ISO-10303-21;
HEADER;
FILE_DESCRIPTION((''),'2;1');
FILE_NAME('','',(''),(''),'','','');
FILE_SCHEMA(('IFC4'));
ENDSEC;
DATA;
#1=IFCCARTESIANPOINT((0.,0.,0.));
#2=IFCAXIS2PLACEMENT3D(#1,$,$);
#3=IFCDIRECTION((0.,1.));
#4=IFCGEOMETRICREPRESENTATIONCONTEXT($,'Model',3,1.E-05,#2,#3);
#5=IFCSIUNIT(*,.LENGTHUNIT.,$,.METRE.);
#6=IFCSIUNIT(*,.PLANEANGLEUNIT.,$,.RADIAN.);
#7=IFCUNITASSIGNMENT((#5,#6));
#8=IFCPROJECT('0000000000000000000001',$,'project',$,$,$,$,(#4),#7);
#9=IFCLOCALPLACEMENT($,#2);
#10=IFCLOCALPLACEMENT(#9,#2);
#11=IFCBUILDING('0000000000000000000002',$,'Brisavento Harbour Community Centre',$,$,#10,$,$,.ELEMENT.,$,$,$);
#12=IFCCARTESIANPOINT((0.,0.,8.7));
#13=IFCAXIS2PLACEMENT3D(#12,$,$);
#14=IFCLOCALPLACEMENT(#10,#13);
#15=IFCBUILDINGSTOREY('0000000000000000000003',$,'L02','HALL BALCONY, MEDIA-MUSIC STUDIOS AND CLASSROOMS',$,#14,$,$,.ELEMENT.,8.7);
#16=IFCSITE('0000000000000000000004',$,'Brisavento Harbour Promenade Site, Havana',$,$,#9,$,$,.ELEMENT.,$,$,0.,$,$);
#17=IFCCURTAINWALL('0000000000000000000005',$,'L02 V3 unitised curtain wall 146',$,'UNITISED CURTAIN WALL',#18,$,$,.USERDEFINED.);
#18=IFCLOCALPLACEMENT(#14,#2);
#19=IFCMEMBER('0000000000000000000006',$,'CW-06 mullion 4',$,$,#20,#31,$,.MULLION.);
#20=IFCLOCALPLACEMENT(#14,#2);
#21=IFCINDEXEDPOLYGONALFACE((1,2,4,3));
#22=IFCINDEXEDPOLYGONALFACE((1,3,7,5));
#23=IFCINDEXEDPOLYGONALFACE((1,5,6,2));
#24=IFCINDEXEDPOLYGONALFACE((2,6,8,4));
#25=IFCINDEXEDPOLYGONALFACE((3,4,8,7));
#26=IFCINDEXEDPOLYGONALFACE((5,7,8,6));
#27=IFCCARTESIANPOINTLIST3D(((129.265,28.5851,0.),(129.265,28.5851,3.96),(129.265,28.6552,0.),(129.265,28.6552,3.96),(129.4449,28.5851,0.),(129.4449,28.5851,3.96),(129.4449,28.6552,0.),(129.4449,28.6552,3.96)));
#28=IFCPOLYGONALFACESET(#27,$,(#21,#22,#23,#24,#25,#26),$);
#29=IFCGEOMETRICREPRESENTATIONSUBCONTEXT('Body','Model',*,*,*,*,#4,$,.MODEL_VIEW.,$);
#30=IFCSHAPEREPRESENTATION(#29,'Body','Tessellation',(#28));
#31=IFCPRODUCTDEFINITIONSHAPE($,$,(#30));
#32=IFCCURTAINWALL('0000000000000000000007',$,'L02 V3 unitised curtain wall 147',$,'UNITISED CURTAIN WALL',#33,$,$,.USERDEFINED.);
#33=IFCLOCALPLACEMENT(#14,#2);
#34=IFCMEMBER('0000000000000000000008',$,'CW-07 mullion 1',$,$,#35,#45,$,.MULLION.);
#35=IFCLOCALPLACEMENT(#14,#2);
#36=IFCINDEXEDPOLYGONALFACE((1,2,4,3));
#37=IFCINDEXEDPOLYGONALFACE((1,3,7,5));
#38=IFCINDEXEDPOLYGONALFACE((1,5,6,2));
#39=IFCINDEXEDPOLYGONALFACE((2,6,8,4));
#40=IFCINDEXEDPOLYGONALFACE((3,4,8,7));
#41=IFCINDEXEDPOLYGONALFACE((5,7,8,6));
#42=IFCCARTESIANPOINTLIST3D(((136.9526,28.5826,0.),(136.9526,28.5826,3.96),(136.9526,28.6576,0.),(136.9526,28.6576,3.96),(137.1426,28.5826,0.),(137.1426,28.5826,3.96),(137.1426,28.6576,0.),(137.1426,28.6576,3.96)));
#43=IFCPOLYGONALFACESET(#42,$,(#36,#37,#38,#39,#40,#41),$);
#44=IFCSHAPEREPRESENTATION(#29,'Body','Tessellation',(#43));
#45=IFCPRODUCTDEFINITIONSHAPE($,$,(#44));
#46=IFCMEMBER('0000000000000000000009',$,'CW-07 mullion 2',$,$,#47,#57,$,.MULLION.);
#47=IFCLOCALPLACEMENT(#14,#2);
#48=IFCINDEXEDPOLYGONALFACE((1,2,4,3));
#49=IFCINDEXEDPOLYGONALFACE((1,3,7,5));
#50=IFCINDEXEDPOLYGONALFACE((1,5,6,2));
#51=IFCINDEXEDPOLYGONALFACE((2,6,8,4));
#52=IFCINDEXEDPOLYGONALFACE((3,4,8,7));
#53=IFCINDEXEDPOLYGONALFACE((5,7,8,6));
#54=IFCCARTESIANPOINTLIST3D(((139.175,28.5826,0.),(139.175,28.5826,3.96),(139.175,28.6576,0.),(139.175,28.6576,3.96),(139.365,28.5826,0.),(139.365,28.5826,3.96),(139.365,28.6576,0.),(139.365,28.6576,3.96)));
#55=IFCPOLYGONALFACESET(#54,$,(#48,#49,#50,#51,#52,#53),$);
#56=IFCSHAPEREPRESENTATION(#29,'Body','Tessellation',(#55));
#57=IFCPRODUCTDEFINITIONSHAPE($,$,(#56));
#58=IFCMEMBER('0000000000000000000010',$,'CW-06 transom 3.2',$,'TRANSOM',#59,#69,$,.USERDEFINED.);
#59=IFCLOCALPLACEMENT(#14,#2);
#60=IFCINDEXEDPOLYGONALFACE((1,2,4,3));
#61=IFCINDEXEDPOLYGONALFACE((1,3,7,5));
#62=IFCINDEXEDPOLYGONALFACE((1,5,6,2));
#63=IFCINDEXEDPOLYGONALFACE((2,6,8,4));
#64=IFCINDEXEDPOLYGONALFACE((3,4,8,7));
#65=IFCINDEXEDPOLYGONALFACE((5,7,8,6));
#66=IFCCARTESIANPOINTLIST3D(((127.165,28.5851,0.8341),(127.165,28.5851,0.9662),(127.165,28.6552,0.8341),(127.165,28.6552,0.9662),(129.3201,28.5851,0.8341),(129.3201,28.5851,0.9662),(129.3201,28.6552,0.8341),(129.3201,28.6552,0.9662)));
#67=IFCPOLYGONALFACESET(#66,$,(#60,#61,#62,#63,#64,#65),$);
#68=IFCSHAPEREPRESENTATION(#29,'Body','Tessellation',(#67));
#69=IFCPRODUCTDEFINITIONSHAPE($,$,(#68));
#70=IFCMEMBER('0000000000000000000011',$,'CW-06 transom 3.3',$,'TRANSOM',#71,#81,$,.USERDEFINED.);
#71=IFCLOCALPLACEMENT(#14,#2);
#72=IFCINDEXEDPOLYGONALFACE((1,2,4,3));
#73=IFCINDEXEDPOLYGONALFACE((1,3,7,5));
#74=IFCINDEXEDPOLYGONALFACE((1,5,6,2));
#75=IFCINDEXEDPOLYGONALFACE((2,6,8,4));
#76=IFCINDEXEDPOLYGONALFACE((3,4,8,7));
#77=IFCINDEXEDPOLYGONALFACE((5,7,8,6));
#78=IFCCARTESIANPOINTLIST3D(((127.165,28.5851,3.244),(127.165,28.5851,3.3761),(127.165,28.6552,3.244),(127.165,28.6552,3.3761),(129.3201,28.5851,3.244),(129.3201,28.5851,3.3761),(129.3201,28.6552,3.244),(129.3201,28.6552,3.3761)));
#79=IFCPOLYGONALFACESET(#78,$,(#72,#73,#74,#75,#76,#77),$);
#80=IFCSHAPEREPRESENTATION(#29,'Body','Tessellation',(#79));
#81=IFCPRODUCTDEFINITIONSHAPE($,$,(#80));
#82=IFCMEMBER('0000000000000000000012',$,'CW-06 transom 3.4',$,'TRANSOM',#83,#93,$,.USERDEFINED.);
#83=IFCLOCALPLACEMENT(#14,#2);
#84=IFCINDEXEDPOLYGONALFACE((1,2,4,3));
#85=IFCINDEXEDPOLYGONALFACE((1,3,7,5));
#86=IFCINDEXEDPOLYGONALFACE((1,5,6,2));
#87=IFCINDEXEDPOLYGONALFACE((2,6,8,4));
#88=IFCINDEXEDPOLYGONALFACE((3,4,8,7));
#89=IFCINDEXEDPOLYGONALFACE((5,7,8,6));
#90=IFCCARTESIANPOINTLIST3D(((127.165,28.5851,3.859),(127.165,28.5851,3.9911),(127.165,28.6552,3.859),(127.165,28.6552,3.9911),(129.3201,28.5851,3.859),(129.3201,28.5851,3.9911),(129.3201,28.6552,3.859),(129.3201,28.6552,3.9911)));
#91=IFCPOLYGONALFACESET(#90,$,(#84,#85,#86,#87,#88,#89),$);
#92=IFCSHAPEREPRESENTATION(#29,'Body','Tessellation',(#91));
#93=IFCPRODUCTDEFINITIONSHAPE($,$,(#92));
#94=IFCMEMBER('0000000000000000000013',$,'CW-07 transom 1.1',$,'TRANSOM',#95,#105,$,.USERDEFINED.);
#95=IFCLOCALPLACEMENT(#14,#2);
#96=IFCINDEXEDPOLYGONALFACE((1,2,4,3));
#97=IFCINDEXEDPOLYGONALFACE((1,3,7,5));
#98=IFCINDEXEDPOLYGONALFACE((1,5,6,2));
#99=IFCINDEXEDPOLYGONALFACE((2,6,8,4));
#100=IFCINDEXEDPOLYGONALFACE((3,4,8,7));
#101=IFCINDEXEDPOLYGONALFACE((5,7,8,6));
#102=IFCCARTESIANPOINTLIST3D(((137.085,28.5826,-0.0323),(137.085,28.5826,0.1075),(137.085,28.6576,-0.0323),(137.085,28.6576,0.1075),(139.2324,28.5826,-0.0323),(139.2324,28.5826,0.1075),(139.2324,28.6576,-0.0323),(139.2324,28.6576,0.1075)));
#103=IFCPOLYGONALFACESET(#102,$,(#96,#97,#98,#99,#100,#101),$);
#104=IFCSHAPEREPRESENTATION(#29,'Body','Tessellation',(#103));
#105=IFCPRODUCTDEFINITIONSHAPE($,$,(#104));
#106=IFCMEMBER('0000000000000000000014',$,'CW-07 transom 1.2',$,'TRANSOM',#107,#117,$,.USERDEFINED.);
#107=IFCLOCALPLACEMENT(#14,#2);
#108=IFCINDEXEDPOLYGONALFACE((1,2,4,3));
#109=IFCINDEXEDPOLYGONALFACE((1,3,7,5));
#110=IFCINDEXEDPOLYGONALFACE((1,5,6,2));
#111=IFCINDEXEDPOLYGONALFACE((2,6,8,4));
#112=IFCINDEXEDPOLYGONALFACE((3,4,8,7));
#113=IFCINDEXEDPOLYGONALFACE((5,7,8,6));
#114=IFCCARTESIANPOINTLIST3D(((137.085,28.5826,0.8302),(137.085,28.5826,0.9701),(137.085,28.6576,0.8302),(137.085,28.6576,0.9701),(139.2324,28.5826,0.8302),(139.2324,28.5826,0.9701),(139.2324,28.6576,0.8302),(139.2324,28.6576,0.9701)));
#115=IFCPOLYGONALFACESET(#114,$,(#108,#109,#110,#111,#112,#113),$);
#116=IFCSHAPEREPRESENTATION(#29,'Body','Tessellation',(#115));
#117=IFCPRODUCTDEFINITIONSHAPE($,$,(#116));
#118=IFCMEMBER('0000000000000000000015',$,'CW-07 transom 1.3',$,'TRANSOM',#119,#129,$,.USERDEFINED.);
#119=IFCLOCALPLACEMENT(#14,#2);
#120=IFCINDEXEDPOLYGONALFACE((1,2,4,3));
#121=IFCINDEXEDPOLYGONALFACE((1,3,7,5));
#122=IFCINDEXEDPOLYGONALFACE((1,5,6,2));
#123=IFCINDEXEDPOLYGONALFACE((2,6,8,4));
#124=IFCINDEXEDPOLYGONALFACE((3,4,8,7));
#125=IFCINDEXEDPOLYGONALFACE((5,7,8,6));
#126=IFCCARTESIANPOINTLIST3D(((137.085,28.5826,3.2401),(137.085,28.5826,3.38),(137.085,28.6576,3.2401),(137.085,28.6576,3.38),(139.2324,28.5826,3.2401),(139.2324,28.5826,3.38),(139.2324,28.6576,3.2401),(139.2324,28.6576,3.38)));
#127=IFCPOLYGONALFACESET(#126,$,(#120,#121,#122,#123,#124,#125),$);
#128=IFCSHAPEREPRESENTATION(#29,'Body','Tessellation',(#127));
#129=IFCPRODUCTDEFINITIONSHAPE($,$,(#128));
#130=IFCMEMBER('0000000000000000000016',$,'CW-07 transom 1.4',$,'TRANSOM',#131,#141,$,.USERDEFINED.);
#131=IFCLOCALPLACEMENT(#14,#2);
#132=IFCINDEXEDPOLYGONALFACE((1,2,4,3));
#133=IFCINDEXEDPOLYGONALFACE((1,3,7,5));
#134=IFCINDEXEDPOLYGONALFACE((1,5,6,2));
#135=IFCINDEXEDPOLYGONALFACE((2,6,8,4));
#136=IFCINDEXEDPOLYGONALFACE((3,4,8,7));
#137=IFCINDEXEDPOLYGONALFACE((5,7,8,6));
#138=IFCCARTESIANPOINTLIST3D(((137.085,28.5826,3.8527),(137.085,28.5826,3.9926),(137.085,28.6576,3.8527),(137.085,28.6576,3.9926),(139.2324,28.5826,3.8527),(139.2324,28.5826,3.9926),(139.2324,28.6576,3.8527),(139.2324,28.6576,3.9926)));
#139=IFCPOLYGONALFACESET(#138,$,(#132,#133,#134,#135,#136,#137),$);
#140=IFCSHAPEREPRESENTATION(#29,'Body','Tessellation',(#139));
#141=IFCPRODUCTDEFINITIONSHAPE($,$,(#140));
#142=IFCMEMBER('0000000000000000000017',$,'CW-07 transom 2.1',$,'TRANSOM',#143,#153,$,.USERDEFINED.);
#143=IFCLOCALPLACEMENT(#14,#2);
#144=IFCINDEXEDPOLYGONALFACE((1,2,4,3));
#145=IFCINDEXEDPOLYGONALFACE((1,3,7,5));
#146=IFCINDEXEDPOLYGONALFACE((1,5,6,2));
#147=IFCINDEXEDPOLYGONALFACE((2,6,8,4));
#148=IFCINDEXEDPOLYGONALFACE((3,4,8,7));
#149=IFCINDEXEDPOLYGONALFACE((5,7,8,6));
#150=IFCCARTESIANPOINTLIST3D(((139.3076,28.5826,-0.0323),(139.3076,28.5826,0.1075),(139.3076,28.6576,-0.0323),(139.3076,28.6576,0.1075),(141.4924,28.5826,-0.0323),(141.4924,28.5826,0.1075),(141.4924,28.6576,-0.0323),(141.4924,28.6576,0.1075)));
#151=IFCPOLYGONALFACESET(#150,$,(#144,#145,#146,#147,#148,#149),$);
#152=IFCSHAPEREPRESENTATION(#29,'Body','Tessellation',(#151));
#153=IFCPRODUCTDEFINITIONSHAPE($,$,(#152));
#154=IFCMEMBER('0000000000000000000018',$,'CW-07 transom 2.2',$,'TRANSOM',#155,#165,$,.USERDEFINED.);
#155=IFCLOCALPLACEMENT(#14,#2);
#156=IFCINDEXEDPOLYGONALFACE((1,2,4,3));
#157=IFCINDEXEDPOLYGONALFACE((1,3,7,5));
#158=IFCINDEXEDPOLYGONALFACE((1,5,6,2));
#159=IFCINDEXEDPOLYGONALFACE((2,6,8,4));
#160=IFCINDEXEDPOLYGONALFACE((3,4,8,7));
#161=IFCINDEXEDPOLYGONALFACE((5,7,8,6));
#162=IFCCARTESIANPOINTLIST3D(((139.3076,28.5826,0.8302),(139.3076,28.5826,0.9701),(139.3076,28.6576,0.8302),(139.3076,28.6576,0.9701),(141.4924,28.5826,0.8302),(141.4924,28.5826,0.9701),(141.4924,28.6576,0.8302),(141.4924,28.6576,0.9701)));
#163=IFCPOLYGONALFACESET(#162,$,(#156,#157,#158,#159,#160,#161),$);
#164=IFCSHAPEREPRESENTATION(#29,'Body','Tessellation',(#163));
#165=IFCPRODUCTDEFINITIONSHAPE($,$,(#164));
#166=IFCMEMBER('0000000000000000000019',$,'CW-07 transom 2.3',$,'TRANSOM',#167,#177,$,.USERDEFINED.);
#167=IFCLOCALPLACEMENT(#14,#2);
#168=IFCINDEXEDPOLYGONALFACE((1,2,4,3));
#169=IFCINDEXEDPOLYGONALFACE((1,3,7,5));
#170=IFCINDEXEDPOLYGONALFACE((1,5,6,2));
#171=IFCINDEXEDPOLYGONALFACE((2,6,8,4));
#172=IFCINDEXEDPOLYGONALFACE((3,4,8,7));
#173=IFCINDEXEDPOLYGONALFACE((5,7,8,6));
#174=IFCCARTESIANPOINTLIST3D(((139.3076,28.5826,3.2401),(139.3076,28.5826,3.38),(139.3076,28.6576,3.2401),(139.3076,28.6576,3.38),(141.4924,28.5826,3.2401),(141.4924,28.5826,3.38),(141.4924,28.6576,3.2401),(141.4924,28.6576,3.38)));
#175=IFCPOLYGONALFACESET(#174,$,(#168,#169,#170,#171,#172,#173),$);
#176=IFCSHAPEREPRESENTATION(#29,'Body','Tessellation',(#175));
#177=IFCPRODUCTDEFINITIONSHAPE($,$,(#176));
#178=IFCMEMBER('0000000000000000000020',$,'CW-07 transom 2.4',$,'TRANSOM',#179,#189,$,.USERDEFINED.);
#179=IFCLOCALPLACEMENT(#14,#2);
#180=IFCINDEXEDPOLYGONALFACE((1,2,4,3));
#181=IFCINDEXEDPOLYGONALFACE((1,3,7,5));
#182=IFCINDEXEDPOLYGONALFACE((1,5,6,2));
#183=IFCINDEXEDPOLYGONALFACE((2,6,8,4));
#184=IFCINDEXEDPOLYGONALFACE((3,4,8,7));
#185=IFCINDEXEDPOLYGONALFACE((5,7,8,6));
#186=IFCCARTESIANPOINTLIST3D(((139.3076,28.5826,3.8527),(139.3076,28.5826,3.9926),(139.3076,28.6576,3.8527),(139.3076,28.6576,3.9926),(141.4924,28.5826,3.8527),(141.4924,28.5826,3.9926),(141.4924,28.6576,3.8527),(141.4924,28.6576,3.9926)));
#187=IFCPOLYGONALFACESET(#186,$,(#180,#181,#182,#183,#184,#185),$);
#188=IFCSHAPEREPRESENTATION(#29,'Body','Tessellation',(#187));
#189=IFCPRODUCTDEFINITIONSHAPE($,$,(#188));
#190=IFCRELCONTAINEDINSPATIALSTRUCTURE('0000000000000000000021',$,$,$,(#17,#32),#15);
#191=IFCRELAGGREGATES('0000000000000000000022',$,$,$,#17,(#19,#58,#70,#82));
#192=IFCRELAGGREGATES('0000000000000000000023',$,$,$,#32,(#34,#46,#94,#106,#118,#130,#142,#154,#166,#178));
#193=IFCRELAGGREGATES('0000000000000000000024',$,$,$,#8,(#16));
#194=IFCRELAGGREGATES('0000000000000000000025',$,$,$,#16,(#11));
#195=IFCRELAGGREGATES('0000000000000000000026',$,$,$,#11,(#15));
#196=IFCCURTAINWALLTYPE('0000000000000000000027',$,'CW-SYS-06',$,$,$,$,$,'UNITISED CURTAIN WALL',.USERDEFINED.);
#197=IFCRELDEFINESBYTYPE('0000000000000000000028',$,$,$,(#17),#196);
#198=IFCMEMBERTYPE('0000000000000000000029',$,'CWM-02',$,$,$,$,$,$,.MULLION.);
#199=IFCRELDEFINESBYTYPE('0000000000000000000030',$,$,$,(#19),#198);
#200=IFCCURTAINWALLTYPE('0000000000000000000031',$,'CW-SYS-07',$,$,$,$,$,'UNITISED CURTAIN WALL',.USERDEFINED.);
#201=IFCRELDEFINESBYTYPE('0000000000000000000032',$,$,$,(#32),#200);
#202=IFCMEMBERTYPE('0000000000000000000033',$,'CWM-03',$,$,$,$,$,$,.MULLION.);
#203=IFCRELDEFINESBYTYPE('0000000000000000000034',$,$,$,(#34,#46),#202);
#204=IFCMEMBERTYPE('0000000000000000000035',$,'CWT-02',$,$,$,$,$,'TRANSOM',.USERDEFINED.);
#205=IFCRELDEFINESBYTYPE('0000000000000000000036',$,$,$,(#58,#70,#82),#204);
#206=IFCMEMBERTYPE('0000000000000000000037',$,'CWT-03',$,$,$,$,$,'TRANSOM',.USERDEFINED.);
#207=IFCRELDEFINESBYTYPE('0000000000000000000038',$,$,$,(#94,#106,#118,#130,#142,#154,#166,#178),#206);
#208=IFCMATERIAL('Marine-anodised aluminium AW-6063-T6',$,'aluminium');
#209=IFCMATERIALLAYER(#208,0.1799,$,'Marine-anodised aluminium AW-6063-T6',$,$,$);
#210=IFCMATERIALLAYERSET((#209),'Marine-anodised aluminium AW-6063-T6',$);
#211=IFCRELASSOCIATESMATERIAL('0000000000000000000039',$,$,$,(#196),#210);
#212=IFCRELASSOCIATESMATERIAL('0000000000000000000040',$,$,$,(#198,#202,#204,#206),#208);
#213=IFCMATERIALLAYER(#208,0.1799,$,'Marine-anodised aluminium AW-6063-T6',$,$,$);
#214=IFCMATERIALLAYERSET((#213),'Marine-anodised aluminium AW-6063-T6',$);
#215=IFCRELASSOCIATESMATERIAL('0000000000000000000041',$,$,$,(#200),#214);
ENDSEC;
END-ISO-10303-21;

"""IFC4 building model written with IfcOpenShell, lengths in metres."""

from ifc_helpers import new_model, si_unit, direction, frame, origin, origin_2d, place, context, subcontext, project, spatial, rectangle, extrude, material, layer, layer_set, material_profile, profile_set, type_object, element, aggregate, save


model = new_model("IFC4")

# Units and contexts
model_context = context("Model", 3, precision=1e-05, world=origin(), true_north=direction((0.0, 1.0)))
body_context = subcontext(model_context, "Body", "Model", "MODEL_VIEW")
ifc_project = project(units=[si_unit("LENGTHUNIT", "METRE"), si_unit("PLANEANGLEUNIT", "RADIAN")], contexts=[model_context])

# Site, building, storey
site_placement = place(None, origin())
site = spatial("IfcSite", under=ifc_project, at=site_placement, Name="Brisavento Harbour Promenade Site, Havana", CompositionType="ELEMENT", RefElevation=0.0)
building_placement = place(site_placement, origin())
building = spatial("IfcBuilding", under=site, at=building_placement, Name="Brisavento Harbour Community Centre", CompositionType="ELEMENT")
storey_placement = place(building_placement, frame((0.0, 0.0, 8.7)))
storey = spatial("IfcBuildingStorey", under=building, at=storey_placement, Name="L02", Description="HALL BALCONY, MEDIA-MUSIC STUDIOS AND CLASSROOMS", CompositionType="ELEMENT", Elevation=8.7)

# Curtain wall, member
ifc_material_1 = material(Name="Marine-anodised aluminium AW-6063-T6", Category="aluminium")
ifc_layer_1 = layer(ifc_material_1, 0.1799, Name="Marine-anodised aluminium AW-6063-T6")
ifc_layer_set_1 = layer_set([ifc_layer_1], Name="Marine-anodised aluminium AW-6063-T6")
curtain_wall_type_1 = type_object("IfcCurtainWallType", Name="CW-SYS-06", ElementType="UNITISED CURTAIN WALL", PredefinedType="USERDEFINED", material=ifc_layer_set_1)
curtain_wall_1_placement = place(storey_placement, origin())
curtain_wall_1 = element("IfcCurtainWall", 1, at=curtain_wall_1_placement, inside=storey, type_object=curtain_wall_type_1, Name="L02 V3 unitised curtain wall 146", ObjectType="UNITISED CURTAIN WALL", PredefinedType="USERDEFINED")
ifc_material_profile_1 = material_profile(ifc_material_1, rectangle(XDim=0.0701, YDim=0.1799, at=origin_2d()), Name="Marine-anodised aluminium AW-6063-T6")
ifc_profile_set_1 = profile_set([ifc_material_profile_1], Name="Marine-anodised aluminium AW-6063-T6")
member_type_1 = type_object("IfcMemberType", Name="CWM-02", PredefinedType="MULLION", material=ifc_profile_set_1)
member_1_placement = place(storey_placement, frame((129.355, 28.6201, 0.0), z_axis=(0.0, 0.0, 1.0), x_axis=(0.0, 1.0, 0.0)))
member_1 = element("IfcMember", 2, at=member_1_placement, type_object=member_type_1, Name="CW-06 mullion 4", PredefinedType="MULLION", context=body_context, shape_type="SweptSolid", body=[
    extrude(rectangle(XDim=0.0701, YDim=0.1799, at=origin_2d()), origin(), (0.0, 0.0, 1.0), 3.96),
])

# Curtain wall, members
ifc_layer_2 = layer(ifc_material_1, 0.1799, Name="Marine-anodised aluminium AW-6063-T6")
ifc_layer_set_2 = layer_set([ifc_layer_2], Name="Marine-anodised aluminium AW-6063-T6")
curtain_wall_type_2 = type_object("IfcCurtainWallType", Name="CW-SYS-07", ElementType="UNITISED CURTAIN WALL", PredefinedType="USERDEFINED", material=ifc_layer_set_2)
curtain_wall_2_placement = place(storey_placement, origin())
curtain_wall_2 = element("IfcCurtainWall", 3, at=curtain_wall_2_placement, inside=storey, type_object=curtain_wall_type_2, Name="L02 V3 unitised curtain wall 147", ObjectType="UNITISED CURTAIN WALL", PredefinedType="USERDEFINED")
ifc_material_profile_2 = material_profile(ifc_material_1, rectangle(XDim=0.075, YDim=0.1899, at=origin_2d()), Name="Marine-anodised aluminium AW-6063-T6")
ifc_profile_set_2 = profile_set([ifc_material_profile_2], Name="Marine-anodised aluminium AW-6063-T6")
member_type_2 = type_object("IfcMemberType", Name="CWM-03", PredefinedType="MULLION", material=ifc_profile_set_2)
member_2_placement = place(storey_placement, frame((137.0476, 28.6201, 0.0), z_axis=(0.0, 0.0, 1.0), x_axis=(0.0, 1.0, 0.0)))
member_2 = element("IfcMember", 4, at=member_2_placement, type_object=member_type_2, Name="CW-07 mullion 1", PredefinedType="MULLION", context=body_context, shape_type="SweptSolid", body=[
    extrude(rectangle(XDim=0.075, YDim=0.1899, at=origin_2d()), origin(), (0.0, 0.0, 1.0), 3.96),
])
member_3_placement = place(storey_placement, frame((139.27, 28.6201, 0.0), z_axis=(0.0, 0.0, 1.0), x_axis=(0.0, 1.0, 0.0)))
member_3 = element("IfcMember", 5, at=member_3_placement, type_object=member_type_2, Name="CW-07 mullion 2", PredefinedType="MULLION", context=body_context, shape_type="SweptSolid", body=[
    extrude(rectangle(XDim=0.075, YDim=0.1899, at=origin_2d()), origin(), (0.0, 0.0, 1.0), 3.96),
])

# Members
ifc_material_profile_3 = material_profile(ifc_material_1, rectangle(XDim=0.0701, YDim=0.1321, at=origin_2d()), Name="Marine-anodised aluminium AW-6063-T6")
ifc_profile_set_3 = profile_set([ifc_material_profile_3], Name="Marine-anodised aluminium AW-6063-T6")
member_type_3 = type_object("IfcMemberType", Name="CWT-02", ElementType="TRANSOM", PredefinedType="USERDEFINED", material=ifc_profile_set_3)
member_4_placement = place(storey_placement, frame((127.165, 28.6201, 0.9001), z_axis=(1.0, 0.0, 0.0), x_axis=(0.0, 1.0, 0.0)))
member_4 = element("IfcMember", 6, at=member_4_placement, type_object=member_type_3, Name="CW-06 transom 3.2", ObjectType="TRANSOM", PredefinedType="USERDEFINED", context=body_context, shape_type="SweptSolid", body=[
    extrude(rectangle(XDim=0.0701, YDim=0.1321, at=origin_2d()), origin(), (0.0, 0.0, 1.0), 2.155),
])
member_5_placement = place(storey_placement, frame((127.165, 28.6201, 3.3101), z_axis=(1.0, 0.0, 0.0), x_axis=(0.0, 1.0, 0.0)))
member_5 = element("IfcMember", 7, at=member_5_placement, type_object=member_type_3, Name="CW-06 transom 3.3", ObjectType="TRANSOM", PredefinedType="USERDEFINED", context=body_context, shape_type="SweptSolid", body=[
    extrude(rectangle(XDim=0.0701, YDim=0.1321, at=origin_2d()), origin(), (0.0, 0.0, 1.0), 2.155),
])
member_6_placement = place(storey_placement, frame((127.165, 28.6201, 3.925), z_axis=(1.0, 0.0, 0.0), x_axis=(0.0, 1.0, 0.0)))
member_6 = element("IfcMember", 8, at=member_6_placement, type_object=member_type_3, Name="CW-06 transom 3.4", ObjectType="TRANSOM", PredefinedType="USERDEFINED", context=body_context, shape_type="SweptSolid", body=[
    extrude(rectangle(XDim=0.0701, YDim=0.1321, at=origin_2d()), origin(), (0.0, 0.0, 1.0), 2.155),
])
ifc_material_profile_4 = material_profile(ifc_material_1, rectangle(XDim=0.075, YDim=0.1399, at=origin_2d()), Name="Marine-anodised aluminium AW-6063-T6")
ifc_profile_set_4 = profile_set([ifc_material_profile_4], Name="Marine-anodised aluminium AW-6063-T6")
member_type_4 = type_object("IfcMemberType", Name="CWT-03", ElementType="TRANSOM", PredefinedType="USERDEFINED", material=ifc_profile_set_4)
member_7_placement = place(storey_placement, frame((137.085, 28.6201, 0.0376), z_axis=(1.0, 0.0, 0.0), x_axis=(0.0, 1.0, 0.0)))
member_7 = element("IfcMember", 9, at=member_7_placement, type_object=member_type_4, Name="CW-07 transom 1.1", ObjectType="TRANSOM", PredefinedType="USERDEFINED", context=body_context, shape_type="SweptSolid", body=[
    extrude(rectangle(XDim=0.075, YDim=0.1399, at=origin_2d()), origin(), (0.0, 0.0, 1.0), 2.1475),
])
member_8_placement = place(storey_placement, frame((137.085, 28.6201, 0.9001), z_axis=(1.0, 0.0, 0.0), x_axis=(0.0, 1.0, 0.0)))
member_8 = element("IfcMember", 10, at=member_8_placement, type_object=member_type_4, Name="CW-07 transom 1.2", ObjectType="TRANSOM", PredefinedType="USERDEFINED", context=body_context, shape_type="SweptSolid", body=[
    extrude(rectangle(XDim=0.075, YDim=0.1399, at=origin_2d()), origin(), (0.0, 0.0, 1.0), 2.1475),
])
member_9_placement = place(storey_placement, frame((137.085, 28.6201, 3.3101), z_axis=(1.0, 0.0, 0.0), x_axis=(0.0, 1.0, 0.0)))
member_9 = element("IfcMember", 11, at=member_9_placement, type_object=member_type_4, Name="CW-07 transom 1.3", ObjectType="TRANSOM", PredefinedType="USERDEFINED", context=body_context, shape_type="SweptSolid", body=[
    extrude(rectangle(XDim=0.075, YDim=0.1399, at=origin_2d()), origin(), (0.0, 0.0, 1.0), 2.1475),
])
member_10_placement = place(storey_placement, frame((137.085, 28.6201, 3.9226), z_axis=(1.0, 0.0, 0.0), x_axis=(0.0, 1.0, 0.0)))
member_10 = element("IfcMember", 12, at=member_10_placement, type_object=member_type_4, Name="CW-07 transom 1.4", ObjectType="TRANSOM", PredefinedType="USERDEFINED", context=body_context, shape_type="SweptSolid", body=[
    extrude(rectangle(XDim=0.075, YDim=0.1399, at=origin_2d()), origin(), (0.0, 0.0, 1.0), 2.1475),
])
member_11_placement = place(storey_placement, frame((139.3076, 28.6201, 0.0376), z_axis=(1.0, 0.0, 0.0), x_axis=(0.0, 1.0, 0.0)))
member_11 = element("IfcMember", 13, at=member_11_placement, type_object=member_type_4, Name="CW-07 transom 2.1", ObjectType="TRANSOM", PredefinedType="USERDEFINED", context=body_context, shape_type="SweptSolid", body=[
    extrude(rectangle(XDim=0.075, YDim=0.1399, at=origin_2d()), origin(), (0.0, 0.0, 1.0), 2.1848),
])
member_12_placement = place(storey_placement, frame((139.3076, 28.6201, 0.9001), z_axis=(1.0, 0.0, 0.0), x_axis=(0.0, 1.0, 0.0)))
member_12 = element("IfcMember", 14, at=member_12_placement, type_object=member_type_4, Name="CW-07 transom 2.2", ObjectType="TRANSOM", PredefinedType="USERDEFINED", context=body_context, shape_type="SweptSolid", body=[
    extrude(rectangle(XDim=0.075, YDim=0.1399, at=origin_2d()), origin(), (0.0, 0.0, 1.0), 2.1848),
])
member_13_placement = place(storey_placement, frame((139.3076, 28.6201, 3.3101), z_axis=(1.0, 0.0, 0.0), x_axis=(0.0, 1.0, 0.0)))
member_13 = element("IfcMember", 15, at=member_13_placement, type_object=member_type_4, Name="CW-07 transom 2.3", ObjectType="TRANSOM", PredefinedType="USERDEFINED", context=body_context, shape_type="SweptSolid", body=[
    extrude(rectangle(XDim=0.075, YDim=0.1399, at=origin_2d()), origin(), (0.0, 0.0, 1.0), 2.1848),
])
member_14_placement = place(storey_placement, frame((139.3076, 28.6201, 3.9226), z_axis=(1.0, 0.0, 0.0), x_axis=(0.0, 1.0, 0.0)))
member_14 = element("IfcMember", 16, at=member_14_placement, type_object=member_type_4, Name="CW-07 transom 2.4", ObjectType="TRANSOM", PredefinedType="USERDEFINED", context=body_context, shape_type="SweptSolid", body=[
    extrude(rectangle(XDim=0.075, YDim=0.1399, at=origin_2d()), origin(), (0.0, 0.0, 1.0), 2.1848),
])

aggregate(curtain_wall_1, [member_1, member_4, member_5, member_6])
aggregate(curtain_wall_2, [member_2, member_3, member_7, member_8, member_9, member_10, member_11, member_12, member_13, member_14])

save(model, "model.ifc")
